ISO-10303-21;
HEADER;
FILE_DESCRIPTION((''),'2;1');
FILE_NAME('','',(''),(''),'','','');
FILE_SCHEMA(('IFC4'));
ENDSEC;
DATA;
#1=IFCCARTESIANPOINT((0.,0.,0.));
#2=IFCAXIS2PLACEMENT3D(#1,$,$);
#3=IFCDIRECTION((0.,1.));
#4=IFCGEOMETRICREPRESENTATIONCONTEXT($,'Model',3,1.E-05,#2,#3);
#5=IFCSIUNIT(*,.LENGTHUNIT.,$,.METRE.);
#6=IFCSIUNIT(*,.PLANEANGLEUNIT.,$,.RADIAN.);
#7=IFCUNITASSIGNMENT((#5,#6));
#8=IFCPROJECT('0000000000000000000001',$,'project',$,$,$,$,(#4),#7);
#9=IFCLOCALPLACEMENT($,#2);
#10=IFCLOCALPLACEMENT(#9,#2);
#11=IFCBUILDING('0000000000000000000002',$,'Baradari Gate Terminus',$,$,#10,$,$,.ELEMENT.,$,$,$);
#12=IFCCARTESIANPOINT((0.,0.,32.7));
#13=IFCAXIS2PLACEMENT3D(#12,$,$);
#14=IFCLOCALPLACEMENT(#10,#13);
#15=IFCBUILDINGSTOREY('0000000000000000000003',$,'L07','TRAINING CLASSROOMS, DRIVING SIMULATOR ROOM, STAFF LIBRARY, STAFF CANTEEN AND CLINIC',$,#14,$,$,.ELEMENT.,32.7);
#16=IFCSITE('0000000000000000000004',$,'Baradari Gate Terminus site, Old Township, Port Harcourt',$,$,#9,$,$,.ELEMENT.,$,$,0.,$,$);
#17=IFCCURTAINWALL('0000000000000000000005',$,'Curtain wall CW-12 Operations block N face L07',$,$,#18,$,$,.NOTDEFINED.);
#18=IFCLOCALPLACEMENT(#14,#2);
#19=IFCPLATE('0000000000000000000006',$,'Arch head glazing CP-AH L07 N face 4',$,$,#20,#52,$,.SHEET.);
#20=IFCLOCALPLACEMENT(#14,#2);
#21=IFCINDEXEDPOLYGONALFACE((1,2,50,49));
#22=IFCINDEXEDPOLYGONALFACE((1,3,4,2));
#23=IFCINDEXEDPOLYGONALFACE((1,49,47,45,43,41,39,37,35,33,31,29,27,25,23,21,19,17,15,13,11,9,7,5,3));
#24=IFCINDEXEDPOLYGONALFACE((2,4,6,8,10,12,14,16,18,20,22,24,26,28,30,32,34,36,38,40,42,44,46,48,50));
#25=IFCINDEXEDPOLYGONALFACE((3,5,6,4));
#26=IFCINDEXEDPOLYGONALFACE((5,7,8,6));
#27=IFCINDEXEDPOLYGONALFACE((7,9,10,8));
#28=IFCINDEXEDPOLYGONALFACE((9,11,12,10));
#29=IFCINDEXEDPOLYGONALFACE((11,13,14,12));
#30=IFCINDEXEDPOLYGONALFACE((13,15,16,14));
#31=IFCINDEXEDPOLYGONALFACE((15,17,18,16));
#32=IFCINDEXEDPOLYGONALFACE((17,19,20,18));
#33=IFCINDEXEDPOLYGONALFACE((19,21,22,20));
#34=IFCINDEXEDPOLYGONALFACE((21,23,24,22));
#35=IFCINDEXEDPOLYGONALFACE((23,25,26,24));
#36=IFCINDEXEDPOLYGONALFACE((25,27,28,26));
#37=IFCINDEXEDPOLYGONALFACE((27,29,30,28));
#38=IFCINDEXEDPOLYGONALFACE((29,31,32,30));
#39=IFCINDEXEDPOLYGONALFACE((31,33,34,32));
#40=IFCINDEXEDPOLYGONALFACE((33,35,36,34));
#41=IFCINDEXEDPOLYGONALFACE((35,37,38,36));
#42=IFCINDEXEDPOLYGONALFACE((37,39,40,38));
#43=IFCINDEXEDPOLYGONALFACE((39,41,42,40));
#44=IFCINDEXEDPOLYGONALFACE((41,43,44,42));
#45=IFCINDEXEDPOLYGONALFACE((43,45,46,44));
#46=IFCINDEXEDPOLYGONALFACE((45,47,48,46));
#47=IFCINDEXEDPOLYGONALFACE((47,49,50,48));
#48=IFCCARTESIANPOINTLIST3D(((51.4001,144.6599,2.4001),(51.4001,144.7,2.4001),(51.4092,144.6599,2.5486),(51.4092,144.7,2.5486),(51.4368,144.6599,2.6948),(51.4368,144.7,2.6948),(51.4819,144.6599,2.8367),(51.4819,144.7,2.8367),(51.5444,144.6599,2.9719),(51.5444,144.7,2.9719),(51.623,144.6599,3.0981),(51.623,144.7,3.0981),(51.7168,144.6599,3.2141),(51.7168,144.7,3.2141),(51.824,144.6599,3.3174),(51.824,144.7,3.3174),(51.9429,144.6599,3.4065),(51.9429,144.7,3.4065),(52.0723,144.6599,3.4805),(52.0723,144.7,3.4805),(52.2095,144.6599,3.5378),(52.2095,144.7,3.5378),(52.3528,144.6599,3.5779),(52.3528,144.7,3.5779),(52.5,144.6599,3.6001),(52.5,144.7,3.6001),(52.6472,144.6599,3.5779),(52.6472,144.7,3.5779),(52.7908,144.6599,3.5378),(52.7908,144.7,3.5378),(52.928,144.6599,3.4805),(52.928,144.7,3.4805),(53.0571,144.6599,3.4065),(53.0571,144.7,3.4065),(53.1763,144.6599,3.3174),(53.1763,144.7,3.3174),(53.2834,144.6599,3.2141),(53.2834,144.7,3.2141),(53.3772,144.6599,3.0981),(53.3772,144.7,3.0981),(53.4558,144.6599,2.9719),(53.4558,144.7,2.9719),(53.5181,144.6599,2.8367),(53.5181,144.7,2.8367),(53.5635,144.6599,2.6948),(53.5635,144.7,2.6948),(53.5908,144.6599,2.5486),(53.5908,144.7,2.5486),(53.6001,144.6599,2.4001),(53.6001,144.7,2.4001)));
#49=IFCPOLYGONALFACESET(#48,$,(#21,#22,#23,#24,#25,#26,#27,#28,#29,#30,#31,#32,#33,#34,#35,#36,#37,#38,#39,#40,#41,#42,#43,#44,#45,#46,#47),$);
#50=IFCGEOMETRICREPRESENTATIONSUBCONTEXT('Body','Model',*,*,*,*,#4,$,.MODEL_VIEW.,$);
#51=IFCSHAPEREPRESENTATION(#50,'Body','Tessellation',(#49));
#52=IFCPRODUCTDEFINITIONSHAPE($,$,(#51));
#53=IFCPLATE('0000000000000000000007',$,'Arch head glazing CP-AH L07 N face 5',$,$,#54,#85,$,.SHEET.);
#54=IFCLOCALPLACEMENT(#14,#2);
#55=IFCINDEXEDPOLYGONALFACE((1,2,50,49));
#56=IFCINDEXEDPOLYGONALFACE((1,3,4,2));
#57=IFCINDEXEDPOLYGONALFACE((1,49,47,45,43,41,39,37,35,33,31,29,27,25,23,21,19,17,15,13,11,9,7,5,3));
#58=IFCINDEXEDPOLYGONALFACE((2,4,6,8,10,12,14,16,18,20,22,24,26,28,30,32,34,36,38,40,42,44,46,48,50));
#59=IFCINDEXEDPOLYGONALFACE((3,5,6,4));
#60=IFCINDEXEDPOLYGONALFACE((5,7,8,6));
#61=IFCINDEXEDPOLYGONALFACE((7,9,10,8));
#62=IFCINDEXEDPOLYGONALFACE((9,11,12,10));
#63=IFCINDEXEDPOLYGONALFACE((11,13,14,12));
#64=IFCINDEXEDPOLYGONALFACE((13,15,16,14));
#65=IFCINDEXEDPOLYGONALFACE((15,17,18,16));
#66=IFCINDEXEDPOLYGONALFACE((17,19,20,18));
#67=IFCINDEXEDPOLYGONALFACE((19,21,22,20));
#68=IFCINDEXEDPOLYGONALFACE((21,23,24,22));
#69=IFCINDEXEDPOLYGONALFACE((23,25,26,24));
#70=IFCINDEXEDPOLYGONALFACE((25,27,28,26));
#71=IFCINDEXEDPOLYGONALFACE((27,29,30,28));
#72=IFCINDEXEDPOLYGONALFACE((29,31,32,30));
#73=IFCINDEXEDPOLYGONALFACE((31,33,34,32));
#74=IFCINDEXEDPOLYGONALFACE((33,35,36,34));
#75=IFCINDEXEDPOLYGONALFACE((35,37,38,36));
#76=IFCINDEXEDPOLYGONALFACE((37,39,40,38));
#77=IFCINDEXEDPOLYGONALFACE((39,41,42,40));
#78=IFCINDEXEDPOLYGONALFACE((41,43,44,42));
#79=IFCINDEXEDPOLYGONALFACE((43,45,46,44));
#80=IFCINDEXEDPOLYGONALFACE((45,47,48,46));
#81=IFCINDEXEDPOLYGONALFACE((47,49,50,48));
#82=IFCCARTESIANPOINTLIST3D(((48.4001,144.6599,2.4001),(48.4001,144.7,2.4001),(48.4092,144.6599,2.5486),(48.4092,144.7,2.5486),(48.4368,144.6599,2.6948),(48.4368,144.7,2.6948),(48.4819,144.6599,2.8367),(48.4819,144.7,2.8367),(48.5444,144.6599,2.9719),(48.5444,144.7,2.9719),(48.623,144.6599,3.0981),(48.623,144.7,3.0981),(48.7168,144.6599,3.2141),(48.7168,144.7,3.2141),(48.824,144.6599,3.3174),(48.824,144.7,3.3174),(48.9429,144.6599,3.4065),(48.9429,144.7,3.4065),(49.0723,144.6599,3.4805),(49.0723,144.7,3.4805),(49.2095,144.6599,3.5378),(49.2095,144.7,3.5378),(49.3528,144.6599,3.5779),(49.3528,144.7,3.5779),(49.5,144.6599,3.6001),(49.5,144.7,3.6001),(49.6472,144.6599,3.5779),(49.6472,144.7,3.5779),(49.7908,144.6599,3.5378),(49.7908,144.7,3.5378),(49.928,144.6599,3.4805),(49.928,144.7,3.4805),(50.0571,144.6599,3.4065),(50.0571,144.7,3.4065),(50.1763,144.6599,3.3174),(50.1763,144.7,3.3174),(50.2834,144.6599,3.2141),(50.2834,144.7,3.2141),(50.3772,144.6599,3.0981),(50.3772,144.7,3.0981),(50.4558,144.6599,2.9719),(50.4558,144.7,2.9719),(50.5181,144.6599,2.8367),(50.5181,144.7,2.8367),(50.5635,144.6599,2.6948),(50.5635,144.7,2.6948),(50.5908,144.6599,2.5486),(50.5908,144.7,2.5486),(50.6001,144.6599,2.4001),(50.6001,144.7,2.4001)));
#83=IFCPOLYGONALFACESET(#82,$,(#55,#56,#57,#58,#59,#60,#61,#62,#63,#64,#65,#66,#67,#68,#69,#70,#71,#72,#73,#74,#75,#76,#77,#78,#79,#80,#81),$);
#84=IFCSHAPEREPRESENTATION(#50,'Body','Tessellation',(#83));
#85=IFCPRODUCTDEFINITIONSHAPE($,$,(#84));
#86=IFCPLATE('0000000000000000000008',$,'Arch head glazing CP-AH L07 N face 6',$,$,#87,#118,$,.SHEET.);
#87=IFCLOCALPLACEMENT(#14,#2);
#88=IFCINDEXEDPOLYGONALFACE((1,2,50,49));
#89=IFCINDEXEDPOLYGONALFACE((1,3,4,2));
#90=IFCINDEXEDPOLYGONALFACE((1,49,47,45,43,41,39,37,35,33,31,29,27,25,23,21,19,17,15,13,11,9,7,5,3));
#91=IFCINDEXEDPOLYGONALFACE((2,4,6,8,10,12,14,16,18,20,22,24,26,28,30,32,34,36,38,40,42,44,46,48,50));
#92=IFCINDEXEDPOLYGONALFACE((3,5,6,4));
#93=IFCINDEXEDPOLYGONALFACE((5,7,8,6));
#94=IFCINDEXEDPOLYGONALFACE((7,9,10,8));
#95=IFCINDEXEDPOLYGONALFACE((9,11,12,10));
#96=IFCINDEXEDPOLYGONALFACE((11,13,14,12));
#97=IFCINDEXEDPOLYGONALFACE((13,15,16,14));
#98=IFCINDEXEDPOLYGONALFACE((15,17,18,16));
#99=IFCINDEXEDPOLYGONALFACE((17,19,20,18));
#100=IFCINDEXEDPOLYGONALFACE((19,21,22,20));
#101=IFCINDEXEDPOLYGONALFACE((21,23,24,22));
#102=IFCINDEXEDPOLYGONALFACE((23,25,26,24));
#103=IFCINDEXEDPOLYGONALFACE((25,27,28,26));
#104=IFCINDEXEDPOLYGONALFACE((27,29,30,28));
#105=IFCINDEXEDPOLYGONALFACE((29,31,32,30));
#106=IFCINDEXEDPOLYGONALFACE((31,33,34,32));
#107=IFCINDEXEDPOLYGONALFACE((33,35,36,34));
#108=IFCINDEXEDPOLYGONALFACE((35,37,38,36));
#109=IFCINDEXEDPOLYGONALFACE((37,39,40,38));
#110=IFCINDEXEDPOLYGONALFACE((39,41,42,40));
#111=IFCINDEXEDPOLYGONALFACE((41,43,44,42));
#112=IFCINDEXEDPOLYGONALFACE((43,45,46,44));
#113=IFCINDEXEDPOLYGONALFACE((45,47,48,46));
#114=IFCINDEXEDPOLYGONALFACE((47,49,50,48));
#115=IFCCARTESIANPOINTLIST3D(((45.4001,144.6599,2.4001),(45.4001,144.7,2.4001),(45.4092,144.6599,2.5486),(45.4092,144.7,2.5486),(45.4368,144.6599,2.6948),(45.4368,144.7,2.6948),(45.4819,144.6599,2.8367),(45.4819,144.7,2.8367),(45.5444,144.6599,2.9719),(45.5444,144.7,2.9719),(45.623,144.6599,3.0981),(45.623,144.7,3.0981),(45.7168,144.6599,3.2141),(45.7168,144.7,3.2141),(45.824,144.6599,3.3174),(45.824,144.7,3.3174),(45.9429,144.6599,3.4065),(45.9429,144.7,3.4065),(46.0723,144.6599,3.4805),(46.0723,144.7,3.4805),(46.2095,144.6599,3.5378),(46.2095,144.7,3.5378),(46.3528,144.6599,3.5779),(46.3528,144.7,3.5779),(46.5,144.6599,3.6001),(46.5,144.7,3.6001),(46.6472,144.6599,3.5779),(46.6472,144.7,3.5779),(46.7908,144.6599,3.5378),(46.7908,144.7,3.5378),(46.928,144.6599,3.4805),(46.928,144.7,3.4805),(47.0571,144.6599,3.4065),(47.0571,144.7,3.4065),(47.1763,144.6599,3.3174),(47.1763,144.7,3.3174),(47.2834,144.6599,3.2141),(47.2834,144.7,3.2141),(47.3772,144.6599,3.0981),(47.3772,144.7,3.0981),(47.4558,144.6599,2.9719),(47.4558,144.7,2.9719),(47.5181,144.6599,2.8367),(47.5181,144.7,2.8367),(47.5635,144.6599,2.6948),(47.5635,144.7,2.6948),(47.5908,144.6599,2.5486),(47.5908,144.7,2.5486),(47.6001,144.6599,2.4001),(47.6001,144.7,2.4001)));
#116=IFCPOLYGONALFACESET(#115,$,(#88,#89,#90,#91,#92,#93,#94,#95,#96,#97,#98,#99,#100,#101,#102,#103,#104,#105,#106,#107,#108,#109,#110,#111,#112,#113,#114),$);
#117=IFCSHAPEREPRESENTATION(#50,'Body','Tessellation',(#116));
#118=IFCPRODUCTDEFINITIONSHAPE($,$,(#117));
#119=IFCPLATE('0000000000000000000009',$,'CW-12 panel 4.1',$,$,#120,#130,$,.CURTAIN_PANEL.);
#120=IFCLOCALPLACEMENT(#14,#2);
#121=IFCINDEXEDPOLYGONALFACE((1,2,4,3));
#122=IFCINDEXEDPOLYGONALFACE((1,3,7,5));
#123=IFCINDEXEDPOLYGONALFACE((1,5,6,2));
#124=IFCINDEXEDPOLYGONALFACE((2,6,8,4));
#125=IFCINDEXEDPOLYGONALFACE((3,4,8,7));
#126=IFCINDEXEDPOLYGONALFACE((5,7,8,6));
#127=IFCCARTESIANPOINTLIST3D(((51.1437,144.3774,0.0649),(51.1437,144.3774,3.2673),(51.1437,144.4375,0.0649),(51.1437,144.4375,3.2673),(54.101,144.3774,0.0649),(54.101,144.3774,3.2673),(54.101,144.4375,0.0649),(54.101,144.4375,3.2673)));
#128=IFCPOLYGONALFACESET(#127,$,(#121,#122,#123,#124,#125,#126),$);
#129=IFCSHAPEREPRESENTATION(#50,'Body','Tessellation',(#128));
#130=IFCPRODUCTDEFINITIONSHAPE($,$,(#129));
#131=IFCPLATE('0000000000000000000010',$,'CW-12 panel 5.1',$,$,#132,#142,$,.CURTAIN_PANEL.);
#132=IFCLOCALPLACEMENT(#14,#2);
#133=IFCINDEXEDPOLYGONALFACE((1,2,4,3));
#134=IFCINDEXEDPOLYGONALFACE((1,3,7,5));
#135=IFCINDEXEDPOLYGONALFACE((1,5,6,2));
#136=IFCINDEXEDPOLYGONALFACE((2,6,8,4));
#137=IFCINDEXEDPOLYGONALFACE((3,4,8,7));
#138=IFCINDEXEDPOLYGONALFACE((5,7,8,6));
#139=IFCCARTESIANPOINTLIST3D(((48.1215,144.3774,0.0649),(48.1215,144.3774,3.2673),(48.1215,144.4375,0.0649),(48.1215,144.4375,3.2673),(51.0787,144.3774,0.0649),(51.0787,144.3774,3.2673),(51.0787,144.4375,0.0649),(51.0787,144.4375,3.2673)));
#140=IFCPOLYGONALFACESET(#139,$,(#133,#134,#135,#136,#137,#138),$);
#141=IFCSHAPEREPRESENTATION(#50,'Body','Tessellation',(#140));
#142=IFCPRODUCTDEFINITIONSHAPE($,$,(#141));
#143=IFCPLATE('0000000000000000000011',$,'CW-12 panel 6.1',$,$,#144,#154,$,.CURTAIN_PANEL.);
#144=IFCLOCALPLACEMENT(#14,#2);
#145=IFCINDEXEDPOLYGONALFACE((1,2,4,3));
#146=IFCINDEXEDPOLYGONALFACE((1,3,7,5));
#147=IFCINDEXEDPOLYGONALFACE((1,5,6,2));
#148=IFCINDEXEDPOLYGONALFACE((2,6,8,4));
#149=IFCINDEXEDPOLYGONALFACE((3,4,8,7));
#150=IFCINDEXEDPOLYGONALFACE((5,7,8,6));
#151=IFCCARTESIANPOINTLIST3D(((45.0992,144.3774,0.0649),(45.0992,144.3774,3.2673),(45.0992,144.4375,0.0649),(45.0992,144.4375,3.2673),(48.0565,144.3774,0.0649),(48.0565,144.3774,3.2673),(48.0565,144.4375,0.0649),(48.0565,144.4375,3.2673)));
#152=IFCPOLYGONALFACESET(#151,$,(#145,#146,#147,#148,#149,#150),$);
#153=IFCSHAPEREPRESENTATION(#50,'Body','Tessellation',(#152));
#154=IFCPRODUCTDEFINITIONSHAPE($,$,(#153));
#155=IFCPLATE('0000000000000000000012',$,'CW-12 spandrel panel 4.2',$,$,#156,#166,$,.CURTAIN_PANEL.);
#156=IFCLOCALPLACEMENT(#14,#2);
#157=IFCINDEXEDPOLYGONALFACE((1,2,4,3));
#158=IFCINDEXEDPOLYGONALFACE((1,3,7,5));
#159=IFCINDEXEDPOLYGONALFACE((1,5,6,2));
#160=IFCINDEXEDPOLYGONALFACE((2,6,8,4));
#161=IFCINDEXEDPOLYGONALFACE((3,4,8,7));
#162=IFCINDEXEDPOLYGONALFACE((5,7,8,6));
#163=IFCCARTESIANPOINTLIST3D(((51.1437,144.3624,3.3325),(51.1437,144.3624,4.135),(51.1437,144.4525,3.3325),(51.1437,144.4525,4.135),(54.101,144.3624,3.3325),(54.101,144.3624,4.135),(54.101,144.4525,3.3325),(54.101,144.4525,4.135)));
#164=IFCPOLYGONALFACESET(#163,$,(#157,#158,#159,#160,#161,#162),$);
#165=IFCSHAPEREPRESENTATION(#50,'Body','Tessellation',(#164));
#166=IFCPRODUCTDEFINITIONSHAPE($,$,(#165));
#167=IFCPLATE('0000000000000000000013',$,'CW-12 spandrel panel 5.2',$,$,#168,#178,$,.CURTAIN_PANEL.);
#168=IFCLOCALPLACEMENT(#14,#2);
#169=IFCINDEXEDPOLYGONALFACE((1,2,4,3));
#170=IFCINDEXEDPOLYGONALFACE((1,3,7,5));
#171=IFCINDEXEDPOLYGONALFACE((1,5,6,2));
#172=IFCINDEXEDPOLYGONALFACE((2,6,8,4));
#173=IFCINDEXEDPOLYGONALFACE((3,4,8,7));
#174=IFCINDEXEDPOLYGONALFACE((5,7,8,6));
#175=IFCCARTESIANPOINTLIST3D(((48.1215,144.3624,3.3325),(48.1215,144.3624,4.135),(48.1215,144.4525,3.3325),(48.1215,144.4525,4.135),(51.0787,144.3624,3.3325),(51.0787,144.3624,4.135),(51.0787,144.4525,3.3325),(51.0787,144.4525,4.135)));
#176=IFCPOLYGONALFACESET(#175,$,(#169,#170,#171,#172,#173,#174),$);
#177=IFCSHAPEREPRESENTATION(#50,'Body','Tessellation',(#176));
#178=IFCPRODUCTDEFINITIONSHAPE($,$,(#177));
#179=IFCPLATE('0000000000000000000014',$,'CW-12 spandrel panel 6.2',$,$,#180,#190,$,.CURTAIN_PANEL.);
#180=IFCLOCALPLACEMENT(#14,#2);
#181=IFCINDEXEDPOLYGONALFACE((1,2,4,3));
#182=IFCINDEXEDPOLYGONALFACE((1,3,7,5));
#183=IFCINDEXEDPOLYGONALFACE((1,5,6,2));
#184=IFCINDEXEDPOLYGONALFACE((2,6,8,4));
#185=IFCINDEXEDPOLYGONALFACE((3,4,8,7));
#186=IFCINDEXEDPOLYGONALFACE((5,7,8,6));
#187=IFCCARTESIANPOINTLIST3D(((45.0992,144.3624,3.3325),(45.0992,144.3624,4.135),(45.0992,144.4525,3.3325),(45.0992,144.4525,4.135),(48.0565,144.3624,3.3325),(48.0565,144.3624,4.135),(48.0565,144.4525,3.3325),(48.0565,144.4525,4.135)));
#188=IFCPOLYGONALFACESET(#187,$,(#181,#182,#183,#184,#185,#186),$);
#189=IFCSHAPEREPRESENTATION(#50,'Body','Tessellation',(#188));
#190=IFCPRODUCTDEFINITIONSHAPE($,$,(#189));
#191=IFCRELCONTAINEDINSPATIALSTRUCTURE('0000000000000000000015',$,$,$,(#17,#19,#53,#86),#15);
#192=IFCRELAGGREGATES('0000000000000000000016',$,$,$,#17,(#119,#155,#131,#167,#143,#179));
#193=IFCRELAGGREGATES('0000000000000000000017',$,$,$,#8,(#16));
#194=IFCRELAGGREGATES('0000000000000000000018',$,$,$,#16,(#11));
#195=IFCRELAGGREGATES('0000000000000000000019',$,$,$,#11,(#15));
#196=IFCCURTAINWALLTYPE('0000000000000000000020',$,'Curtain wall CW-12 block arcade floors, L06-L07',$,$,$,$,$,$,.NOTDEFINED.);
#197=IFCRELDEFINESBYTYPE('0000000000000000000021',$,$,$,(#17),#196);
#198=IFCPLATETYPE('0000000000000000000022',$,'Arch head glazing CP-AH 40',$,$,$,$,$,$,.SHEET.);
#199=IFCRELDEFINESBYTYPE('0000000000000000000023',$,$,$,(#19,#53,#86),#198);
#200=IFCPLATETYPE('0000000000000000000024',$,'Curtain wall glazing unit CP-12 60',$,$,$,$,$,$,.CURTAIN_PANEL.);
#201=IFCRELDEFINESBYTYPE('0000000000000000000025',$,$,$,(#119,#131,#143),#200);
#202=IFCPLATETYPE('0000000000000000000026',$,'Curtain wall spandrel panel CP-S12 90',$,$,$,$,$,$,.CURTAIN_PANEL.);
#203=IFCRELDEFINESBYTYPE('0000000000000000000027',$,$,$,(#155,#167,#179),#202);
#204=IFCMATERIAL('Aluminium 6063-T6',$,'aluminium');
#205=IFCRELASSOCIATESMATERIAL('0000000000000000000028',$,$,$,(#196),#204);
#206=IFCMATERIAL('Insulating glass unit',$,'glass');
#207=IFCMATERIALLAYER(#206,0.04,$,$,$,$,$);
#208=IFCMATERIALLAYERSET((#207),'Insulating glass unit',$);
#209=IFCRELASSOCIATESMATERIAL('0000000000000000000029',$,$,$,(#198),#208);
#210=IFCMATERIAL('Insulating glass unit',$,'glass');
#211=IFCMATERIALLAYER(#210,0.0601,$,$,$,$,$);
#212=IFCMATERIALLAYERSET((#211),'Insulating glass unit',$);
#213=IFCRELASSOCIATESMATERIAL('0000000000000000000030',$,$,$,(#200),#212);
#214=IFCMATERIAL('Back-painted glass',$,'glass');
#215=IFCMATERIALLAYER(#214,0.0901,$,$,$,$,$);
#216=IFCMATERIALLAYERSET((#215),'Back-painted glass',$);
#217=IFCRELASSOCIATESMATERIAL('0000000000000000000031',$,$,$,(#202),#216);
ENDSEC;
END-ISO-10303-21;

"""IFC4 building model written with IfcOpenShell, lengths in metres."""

from ifc_helpers import new_model, si_unit, direction, frame, origin, origin_2d, place, context, subcontext, project, spatial, polyline, rectangle, outline, extrude, material, layer, layer_set, type_object, element, aggregate, save


model = new_model("IFC4")

# Units and contexts
model_context = context("Model", 3, precision=1e-05, world=origin(), true_north=direction((0.0, 1.0)))
body_context = subcontext(model_context, "Body", "Model", "MODEL_VIEW")
ifc_project = project(units=[si_unit("LENGTHUNIT", "METRE"), si_unit("PLANEANGLEUNIT", "RADIAN")], contexts=[model_context])

# Site, building, storey
site_placement = place(None, origin())
site = spatial("IfcSite", under=ifc_project, at=site_placement, Name="Baradari Gate Terminus site, Old Township, Port Harcourt", CompositionType="ELEMENT", RefElevation=0.0)
building_placement = place(site_placement, origin())
building = spatial("IfcBuilding", under=site, at=building_placement, Name="Baradari Gate Terminus", CompositionType="ELEMENT")
storey_placement = place(building_placement, frame((0.0, 0.0, 32.7)))
storey = spatial("IfcBuildingStorey", under=building, at=storey_placement, Name="L07", Description="TRAINING CLASSROOMS, DRIVING SIMULATOR ROOM, STAFF LIBRARY, STAFF CANTEEN AND CLINIC", CompositionType="ELEMENT", Elevation=32.7)

# Curtain wall
ifc_material_1 = material(Name="Aluminium 6063-T6", Category="aluminium")
curtain_wall_type = type_object("IfcCurtainWallType", Name="Curtain wall CW-12 block arcade floors, L06-L07", PredefinedType="NOTDEFINED", material=ifc_material_1)
curtain_wall_placement = place(storey_placement, origin())
curtain_wall = element("IfcCurtainWall", 1, at=curtain_wall_placement, inside=storey, type_object=curtain_wall_type, Name="Curtain wall CW-12 Operations block N face L07", PredefinedType="NOTDEFINED")

# Plates
ifc_material_2 = material(Name="Insulating glass unit", Category="glass")
ifc_layer_1 = layer(ifc_material_2, 0.04)
ifc_layer_set_1 = layer_set([ifc_layer_1], Name="Insulating glass unit")
plate_type_1 = type_object("IfcPlateType", Name="Arch head glazing CP-AH 40", PredefinedType="SHEET", material=ifc_layer_set_1)
for number, where, z_axis, x_axis, name in (
    (2, (53.6001, 144.6799, 2.4001), (0.0, 0.0, 1.0), (-1.0, 0.0, 0.0), "Arch head glazing CP-AH L07 N face 4"),
    (3, (50.6001, 144.6799, 2.4001), (0.0, 0.0, 1.0), (-1.0, 0.0, 0.0), "Arch head glazing CP-AH L07 N face 5"),
    (4, (47.6001, 144.6799, 2.4001), (0.0, 0.0, 1.0), (-1.0, 0.0, 0.0), "Arch head glazing CP-AH L07 N face 6"),
):
    element("IfcPlate", number, at=place(storey_placement, frame(where, z_axis=z_axis, x_axis=x_axis)), inside=storey, type_object=plate_type_1, Name=name, PredefinedType="SHEET", context=body_context, shape_type="SweptSolid", body=[
        extrude(outline(polyline([(0.0, 0.0), (2.2, 0.0), (2.1909, 0.1484), (2.1633, 0.2947), (2.1182, 0.4365), (2.0557, 0.5718), (1.9771, 0.698), (1.8833, 0.814), (1.7761, 0.9172), (1.6572, 1.0063), (1.5278, 1.0803), (1.3906, 1.1377), (1.2473, 1.1777), (1.1001, 1.2), (0.9529, 1.1777), (0.8093, 1.1377), (0.6721, 1.0803), (0.543, 1.0063), (0.4238, 0.9172), (0.3167, 0.814), (0.2229, 0.698), (0.1443, 0.5718), (0.082, 0.4365), (0.0366, 0.2947), (0.0093, 0.1484), (0.0, 0.0)])), frame((0.0, 0.02, 0.0), z_axis=(0.0, -1.0, 0.0), x_axis=(1.0, 0.0, 0.0)), (0.0, 0.0, 1.0), 0.04),
    ])

# Plates
ifc_material_3 = material(Name="Insulating glass unit", Category="glass")
ifc_layer_2 = layer(ifc_material_3, 0.0601)
ifc_layer_set_2 = layer_set([ifc_layer_2], Name="Insulating glass unit")
plate_type_2 = type_object("IfcPlateType", Name="Curtain wall glazing unit CP-12 60", PredefinedType="CURTAIN_PANEL", material=ifc_layer_set_2)
plate_1_placement = place(storey_placement, frame((52.6223, 144.4075, 0.0649), z_axis=(0.0, 0.0, 1.0), x_axis=(-1.0, 0.0, 0.0)))
plate_1 = element("IfcPlate", 5, at=plate_1_placement, type_object=plate_type_2, Name="CW-12 panel 4.1", PredefinedType="CURTAIN_PANEL", context=body_context, shape_type="SweptSolid", body=[
    extrude(rectangle(XDim=2.9573, YDim=0.0601, at=origin_2d()), origin(), (0.0, 0.0, 1.0), 3.2024),
])
plate_2_placement = place(storey_placement, frame((49.6001, 144.4075, 0.0649), z_axis=(0.0, 0.0, 1.0), x_axis=(-1.0, 0.0, 0.0)))
plate_2 = element("IfcPlate", 6, at=plate_2_placement, type_object=plate_type_2, Name="CW-12 panel 5.1", PredefinedType="CURTAIN_PANEL", context=body_context, shape_type="SweptSolid", body=[
    extrude(rectangle(XDim=2.9573, YDim=0.0601, at=origin_2d()), origin(), (0.0, 0.0, 1.0), 3.2024),
])
plate_3_placement = place(storey_placement, frame((46.5779, 144.4075, 0.0649), z_axis=(0.0, 0.0, 1.0), x_axis=(-1.0, 0.0, 0.0)))
plate_3 = element("IfcPlate", 7, at=plate_3_placement, type_object=plate_type_2, Name="CW-12 panel 6.1", PredefinedType="CURTAIN_PANEL", context=body_context, shape_type="SweptSolid", body=[
    extrude(rectangle(XDim=2.9573, YDim=0.0601, at=origin_2d()), origin(), (0.0, 0.0, 1.0), 3.2024),
])
ifc_material_4 = material(Name="Back-painted glass", Category="glass")
ifc_layer_3 = layer(ifc_material_4, 0.0901)
ifc_layer_set_3 = layer_set([ifc_layer_3], Name="Back-painted glass")
plate_type_3 = type_object("IfcPlateType", Name="Curtain wall spandrel panel CP-S12 90", PredefinedType="CURTAIN_PANEL", material=ifc_layer_set_3)
plate_4_placement = place(storey_placement, frame((52.6223, 144.4075, 3.3325), z_axis=(0.0, 0.0, 1.0), x_axis=(-1.0, 0.0, 0.0)))
plate_4 = element("IfcPlate", 8, at=plate_4_placement, type_object=plate_type_3, Name="CW-12 spandrel panel 4.2", PredefinedType="CURTAIN_PANEL", context=body_context, shape_type="SweptSolid", body=[
    extrude(rectangle(XDim=2.9573, YDim=0.0901, at=origin_2d()), origin(), (0.0, 0.0, 1.0), 0.8025),
])
plate_5_placement = place(storey_placement, frame((49.6001, 144.4075, 3.3325), z_axis=(0.0, 0.0, 1.0), x_axis=(-1.0, 0.0, 0.0)))
plate_5 = element("IfcPlate", 9, at=plate_5_placement, type_object=plate_type_3, Name="CW-12 spandrel panel 5.2", PredefinedType="CURTAIN_PANEL", context=body_context, shape_type="SweptSolid", body=[
    extrude(rectangle(XDim=2.9573, YDim=0.0901, at=origin_2d()), origin(), (0.0, 0.0, 1.0), 0.8025),
])
plate_6_placement = place(storey_placement, frame((46.5779, 144.4075, 3.3325), z_axis=(0.0, 0.0, 1.0), x_axis=(-1.0, 0.0, 0.0)))
plate_6 = element("IfcPlate", 10, at=plate_6_placement, type_object=plate_type_3, Name="CW-12 spandrel panel 6.2", PredefinedType="CURTAIN_PANEL", context=body_context, shape_type="SweptSolid", body=[
    extrude(rectangle(XDim=2.9573, YDim=0.0901, at=origin_2d()), origin(), (0.0, 0.0, 1.0), 0.8025),
])
aggregate(curtain_wall, [plate_1, plate_4, plate_2, plate_5, plate_3, plate_6])

save(model, "model.ifc")
